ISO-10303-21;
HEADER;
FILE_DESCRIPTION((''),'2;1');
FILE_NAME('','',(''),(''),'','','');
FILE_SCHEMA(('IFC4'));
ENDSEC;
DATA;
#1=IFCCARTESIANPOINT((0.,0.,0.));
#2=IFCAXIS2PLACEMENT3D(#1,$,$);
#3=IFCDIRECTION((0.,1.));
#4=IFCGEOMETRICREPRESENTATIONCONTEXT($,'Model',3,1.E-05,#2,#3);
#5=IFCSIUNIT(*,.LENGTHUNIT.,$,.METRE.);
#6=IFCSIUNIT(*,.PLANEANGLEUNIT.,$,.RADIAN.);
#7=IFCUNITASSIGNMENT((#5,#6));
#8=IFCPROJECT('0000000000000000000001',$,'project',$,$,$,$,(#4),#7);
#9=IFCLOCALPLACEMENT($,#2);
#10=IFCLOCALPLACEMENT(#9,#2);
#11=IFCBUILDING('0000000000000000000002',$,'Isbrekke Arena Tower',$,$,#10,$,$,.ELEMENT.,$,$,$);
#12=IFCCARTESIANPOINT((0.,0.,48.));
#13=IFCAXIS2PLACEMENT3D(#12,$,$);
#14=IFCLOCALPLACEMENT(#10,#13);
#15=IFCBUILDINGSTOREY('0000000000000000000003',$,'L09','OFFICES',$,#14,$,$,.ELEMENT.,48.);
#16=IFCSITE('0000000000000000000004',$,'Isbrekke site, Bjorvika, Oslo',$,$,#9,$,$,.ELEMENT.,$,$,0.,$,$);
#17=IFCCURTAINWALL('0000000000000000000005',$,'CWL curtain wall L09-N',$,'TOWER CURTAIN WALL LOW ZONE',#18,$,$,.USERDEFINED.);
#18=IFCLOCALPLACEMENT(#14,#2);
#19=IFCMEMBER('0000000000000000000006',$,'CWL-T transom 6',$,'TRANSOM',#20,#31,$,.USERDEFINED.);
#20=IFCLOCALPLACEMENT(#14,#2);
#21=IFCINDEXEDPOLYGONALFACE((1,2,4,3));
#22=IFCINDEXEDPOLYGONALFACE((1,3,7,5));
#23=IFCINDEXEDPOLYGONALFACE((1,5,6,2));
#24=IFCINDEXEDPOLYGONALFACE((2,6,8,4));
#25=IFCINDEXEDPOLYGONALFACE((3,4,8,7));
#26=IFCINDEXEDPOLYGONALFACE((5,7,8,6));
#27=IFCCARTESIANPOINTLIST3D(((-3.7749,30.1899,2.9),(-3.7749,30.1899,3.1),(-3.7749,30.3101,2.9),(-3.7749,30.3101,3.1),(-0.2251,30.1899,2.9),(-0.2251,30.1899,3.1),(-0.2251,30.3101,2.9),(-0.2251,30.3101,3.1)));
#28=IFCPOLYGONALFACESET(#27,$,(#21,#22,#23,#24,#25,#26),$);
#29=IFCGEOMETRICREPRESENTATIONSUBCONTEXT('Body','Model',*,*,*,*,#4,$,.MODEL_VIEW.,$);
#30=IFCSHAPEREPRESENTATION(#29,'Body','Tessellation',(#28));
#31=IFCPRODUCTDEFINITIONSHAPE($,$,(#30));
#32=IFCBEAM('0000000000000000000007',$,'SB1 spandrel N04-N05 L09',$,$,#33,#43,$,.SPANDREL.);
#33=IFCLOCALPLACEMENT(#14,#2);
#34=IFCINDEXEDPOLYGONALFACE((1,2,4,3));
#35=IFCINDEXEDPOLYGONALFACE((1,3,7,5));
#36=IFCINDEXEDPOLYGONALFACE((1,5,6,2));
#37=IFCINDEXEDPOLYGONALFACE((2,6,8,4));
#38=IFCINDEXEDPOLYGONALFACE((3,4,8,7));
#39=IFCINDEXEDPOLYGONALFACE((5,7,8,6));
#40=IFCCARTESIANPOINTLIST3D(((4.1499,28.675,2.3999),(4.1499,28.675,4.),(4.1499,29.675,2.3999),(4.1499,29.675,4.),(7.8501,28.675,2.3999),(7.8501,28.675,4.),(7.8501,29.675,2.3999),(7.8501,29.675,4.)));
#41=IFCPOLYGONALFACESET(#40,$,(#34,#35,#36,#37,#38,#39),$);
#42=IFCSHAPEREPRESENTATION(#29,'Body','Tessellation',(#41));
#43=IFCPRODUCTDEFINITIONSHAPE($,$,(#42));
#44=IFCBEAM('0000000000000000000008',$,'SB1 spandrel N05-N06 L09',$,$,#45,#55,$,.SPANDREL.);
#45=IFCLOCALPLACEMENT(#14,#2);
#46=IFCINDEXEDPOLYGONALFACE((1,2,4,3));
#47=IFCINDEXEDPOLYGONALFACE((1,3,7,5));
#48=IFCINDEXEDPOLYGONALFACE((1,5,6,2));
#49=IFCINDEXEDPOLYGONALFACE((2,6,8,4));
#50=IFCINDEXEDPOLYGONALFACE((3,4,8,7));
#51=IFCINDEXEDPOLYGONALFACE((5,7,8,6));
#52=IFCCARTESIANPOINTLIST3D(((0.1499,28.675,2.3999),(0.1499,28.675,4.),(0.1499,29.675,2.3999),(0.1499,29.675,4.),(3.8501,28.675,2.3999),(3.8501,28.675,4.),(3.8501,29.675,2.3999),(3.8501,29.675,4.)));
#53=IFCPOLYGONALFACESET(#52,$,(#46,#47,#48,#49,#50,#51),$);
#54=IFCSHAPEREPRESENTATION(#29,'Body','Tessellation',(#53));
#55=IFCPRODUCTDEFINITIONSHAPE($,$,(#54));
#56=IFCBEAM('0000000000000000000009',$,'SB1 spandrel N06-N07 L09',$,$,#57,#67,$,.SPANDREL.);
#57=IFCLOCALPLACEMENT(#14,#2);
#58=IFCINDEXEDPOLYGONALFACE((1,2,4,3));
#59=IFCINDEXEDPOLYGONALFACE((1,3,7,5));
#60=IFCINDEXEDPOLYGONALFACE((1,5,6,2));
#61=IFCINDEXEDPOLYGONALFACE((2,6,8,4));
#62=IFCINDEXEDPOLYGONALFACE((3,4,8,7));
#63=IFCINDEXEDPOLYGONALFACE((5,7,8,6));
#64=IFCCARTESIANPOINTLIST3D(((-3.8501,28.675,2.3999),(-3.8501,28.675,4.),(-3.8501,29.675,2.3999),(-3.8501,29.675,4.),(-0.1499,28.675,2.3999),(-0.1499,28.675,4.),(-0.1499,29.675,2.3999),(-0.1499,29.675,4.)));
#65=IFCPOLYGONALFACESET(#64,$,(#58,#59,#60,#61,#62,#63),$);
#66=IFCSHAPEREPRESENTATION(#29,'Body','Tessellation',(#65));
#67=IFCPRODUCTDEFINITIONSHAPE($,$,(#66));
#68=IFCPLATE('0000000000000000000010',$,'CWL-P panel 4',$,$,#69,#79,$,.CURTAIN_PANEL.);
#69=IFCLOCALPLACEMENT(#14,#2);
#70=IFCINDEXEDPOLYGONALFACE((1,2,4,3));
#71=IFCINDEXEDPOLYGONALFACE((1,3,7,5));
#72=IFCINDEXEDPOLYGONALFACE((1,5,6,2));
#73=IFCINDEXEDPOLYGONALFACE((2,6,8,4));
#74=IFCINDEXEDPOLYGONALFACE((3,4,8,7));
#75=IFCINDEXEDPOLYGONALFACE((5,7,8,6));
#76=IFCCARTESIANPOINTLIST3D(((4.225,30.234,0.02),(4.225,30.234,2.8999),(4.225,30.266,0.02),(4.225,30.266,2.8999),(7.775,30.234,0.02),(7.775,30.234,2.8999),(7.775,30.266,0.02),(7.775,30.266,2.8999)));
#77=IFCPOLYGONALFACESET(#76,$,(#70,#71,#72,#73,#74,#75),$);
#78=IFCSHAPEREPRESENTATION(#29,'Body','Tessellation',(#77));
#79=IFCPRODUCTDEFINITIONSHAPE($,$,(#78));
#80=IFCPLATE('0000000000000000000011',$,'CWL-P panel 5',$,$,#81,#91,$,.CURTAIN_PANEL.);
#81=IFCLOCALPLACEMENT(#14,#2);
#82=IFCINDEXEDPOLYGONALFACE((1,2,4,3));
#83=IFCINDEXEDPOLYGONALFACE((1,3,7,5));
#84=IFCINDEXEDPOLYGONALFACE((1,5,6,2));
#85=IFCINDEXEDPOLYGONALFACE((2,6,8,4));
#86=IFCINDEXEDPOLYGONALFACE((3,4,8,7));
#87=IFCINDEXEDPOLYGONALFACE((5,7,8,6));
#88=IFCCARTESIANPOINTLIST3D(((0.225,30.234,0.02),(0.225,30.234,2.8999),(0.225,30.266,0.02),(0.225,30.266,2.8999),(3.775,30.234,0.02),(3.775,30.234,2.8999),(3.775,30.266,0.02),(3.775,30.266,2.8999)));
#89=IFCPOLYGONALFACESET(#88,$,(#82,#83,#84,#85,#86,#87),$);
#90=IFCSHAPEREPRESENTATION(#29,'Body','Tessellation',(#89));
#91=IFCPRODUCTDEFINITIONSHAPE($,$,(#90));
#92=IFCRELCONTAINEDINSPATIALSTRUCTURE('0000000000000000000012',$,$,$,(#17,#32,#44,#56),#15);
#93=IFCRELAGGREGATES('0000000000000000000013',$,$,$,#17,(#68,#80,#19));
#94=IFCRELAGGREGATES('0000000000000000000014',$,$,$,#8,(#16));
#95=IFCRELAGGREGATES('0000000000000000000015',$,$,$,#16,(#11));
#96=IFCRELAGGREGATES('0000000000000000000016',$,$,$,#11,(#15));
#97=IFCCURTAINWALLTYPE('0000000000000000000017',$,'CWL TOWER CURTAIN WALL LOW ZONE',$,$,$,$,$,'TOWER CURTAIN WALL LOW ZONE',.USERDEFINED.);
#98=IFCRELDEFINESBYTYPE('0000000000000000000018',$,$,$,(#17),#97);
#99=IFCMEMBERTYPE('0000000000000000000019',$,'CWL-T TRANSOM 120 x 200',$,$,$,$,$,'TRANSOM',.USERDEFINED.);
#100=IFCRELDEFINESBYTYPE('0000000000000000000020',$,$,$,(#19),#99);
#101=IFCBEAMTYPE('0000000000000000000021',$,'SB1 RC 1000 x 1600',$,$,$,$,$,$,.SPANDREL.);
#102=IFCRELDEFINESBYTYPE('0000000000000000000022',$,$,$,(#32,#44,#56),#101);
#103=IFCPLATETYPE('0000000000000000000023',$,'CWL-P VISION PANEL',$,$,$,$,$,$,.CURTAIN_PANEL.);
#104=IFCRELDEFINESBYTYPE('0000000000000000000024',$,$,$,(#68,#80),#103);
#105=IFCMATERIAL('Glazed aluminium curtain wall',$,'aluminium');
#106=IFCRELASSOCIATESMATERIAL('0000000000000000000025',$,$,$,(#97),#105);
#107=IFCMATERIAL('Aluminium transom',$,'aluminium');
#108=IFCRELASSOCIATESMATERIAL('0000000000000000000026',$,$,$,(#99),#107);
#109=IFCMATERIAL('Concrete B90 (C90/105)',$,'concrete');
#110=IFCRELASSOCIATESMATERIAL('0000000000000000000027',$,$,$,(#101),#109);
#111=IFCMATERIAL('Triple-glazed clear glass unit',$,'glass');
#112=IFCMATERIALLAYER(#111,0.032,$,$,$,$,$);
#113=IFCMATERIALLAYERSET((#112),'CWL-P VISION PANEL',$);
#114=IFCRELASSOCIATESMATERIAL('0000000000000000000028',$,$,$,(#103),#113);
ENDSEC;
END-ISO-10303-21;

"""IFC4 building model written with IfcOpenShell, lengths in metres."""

from ifc_helpers import new_model, si_unit, direction, frame, origin, origin_2d, place, context, subcontext, project, spatial, rectangle, extrude, material, layer, layer_set, material_profile, profile_set, type_object, element, aggregate, save


model = new_model("IFC4")

# Units and contexts
model_context = context("Model", 3, precision=1e-05, world=origin(), true_north=direction((0.0, 1.0)))
body_context = subcontext(model_context, "Body", "Model", "MODEL_VIEW")
ifc_project = project(units=[si_unit("LENGTHUNIT", "METRE"), si_unit("PLANEANGLEUNIT", "RADIAN")], contexts=[model_context])

# Site, building, storey
site_placement = place(None, origin())
site = spatial("IfcSite", under=ifc_project, at=site_placement, Name="Isbrekke site, Bjorvika, Oslo", CompositionType="ELEMENT", RefElevation=0.0)
building_placement = place(site_placement, origin())
building = spatial("IfcBuilding", under=site, at=building_placement, Name="Isbrekke Arena Tower", CompositionType="ELEMENT")
storey_placement = place(building_placement, frame((0.0, 0.0, 48.0)))
storey = spatial("IfcBuildingStorey", under=building, at=storey_placement, Name="L09", Description="OFFICES", CompositionType="ELEMENT", Elevation=48.0)

# Curtain wall, member
ifc_material_1 = material(Name="Glazed aluminium curtain wall", Category="aluminium")
curtain_wall_type = type_object("IfcCurtainWallType", Name="CWL TOWER CURTAIN WALL LOW ZONE", ElementType="TOWER CURTAIN WALL LOW ZONE", PredefinedType="USERDEFINED", material=ifc_material_1)
curtain_wall_placement = place(storey_placement, origin())
curtain_wall = element("IfcCurtainWall", 1, at=curtain_wall_placement, inside=storey, type_object=curtain_wall_type, Name="CWL curtain wall L09-N", ObjectType="TOWER CURTAIN WALL LOW ZONE", PredefinedType="USERDEFINED")
ifc_material_2 = material(Name="Aluminium transom", Category="aluminium")
ifc_material_profile_1 = material_profile(ifc_material_2, rectangle(XDim=0.1201, YDim=0.2, at=origin_2d()), Name="TRANSOM 120X200")
ifc_profile_set_1 = profile_set([ifc_material_profile_1], Name="Aluminium transom")
member_type_1 = type_object("IfcMemberType", Name="CWL-T TRANSOM 120 x 200", ElementType="TRANSOM", PredefinedType="USERDEFINED", material=ifc_profile_set_1)
member_1_placement = place(storey_placement, frame((-0.2251, 30.25, 3.0), z_axis=(-1.0, 0.0, 0.0), x_axis=(0.0, -1.0, 0.0)))
member_1 = element("IfcMember", 2, at=member_1_placement, type_object=member_type_1, Name="CWL-T transom 6", ObjectType="TRANSOM", PredefinedType="USERDEFINED", context=body_context, shape_type="SweptSolid", body=[
    extrude(rectangle(XDim=0.1201, YDim=0.2, at=origin_2d()), origin(), (0.0, 0.0, 1.0), 3.5498),
])

# Beams
ifc_material_3 = material(Name="Concrete B90 (C90/105)", Category="concrete")
ifc_material_profile_2 = material_profile(ifc_material_3, rectangle(XDim=1.0, YDim=1.6001, at=origin_2d()), Name="RC 1000x1600")
ifc_profile_set_2 = profile_set([ifc_material_profile_2], Name="Concrete B90 (C90/105)")
beam_type_1 = type_object("IfcBeamType", Name="SB1 RC 1000 x 1600", PredefinedType="SPANDREL", material=ifc_profile_set_2)
for number, where, z_axis, x_axis, name in (
    (3, (7.8501, 29.175, 3.2), (-1.0, 0.0, 0.0), (0.0, -1.0, 0.0), "SB1 spandrel N04-N05 L09"),
    (4, (3.8501, 29.175, 3.2), (-1.0, 0.0, 0.0), (0.0, -1.0, 0.0), "SB1 spandrel N05-N06 L09"),
    (5, (-0.1499, 29.175, 3.2), (-1.0, 0.0, 0.0), (0.0, -1.0, 0.0), "SB1 spandrel N06-N07 L09"),
):
    element("IfcBeam", number, at=place(storey_placement, frame(where, z_axis=z_axis, x_axis=x_axis)), inside=storey, type_object=beam_type_1, Name=name, PredefinedType="SPANDREL", context=body_context, shape_type="SweptSolid", body=[
        extrude(rectangle(XDim=1.0, YDim=1.6001, at=origin_2d()), origin(), (0.0, 0.0, 1.0), 3.7002),
    ])

# Plates
ifc_material_4 = material(Name="Triple-glazed clear glass unit", Category="glass")
ifc_layer = layer(ifc_material_4, 0.032)
ifc_layer_set = layer_set([ifc_layer], Name="CWL-P VISION PANEL")
plate_type = type_object("IfcPlateType", Name="CWL-P VISION PANEL", PredefinedType="CURTAIN_PANEL", material=ifc_layer_set)
plate_1_placement = place(storey_placement, frame((6.0, 30.25, 0.02), z_axis=(0.0, 0.0, 1.0), x_axis=(-1.0, 0.0, 0.0)))
plate_1 = element("IfcPlate", 6, at=plate_1_placement, type_object=plate_type, Name="CWL-P panel 4", PredefinedType="CURTAIN_PANEL", context=body_context, shape_type="SweptSolid", body=[
    extrude(rectangle(XDim=3.55, YDim=0.032, at=origin_2d()), origin(), (0.0, 0.0, 1.0), 2.8799),
])
plate_2_placement = place(storey_placement, frame((2.0, 30.25, 0.02), z_axis=(0.0, 0.0, 1.0), x_axis=(-1.0, 0.0, 0.0)))
plate_2 = element("IfcPlate", 7, at=plate_2_placement, type_object=plate_type, Name="CWL-P panel 5", PredefinedType="CURTAIN_PANEL", context=body_context, shape_type="SweptSolid", body=[
    extrude(rectangle(XDim=3.55, YDim=0.032, at=origin_2d()), origin(), (0.0, 0.0, 1.0), 2.8799),
])
aggregate(curtain_wall, [plate_1, plate_2, member_1])

save(model, "model.ifc")
